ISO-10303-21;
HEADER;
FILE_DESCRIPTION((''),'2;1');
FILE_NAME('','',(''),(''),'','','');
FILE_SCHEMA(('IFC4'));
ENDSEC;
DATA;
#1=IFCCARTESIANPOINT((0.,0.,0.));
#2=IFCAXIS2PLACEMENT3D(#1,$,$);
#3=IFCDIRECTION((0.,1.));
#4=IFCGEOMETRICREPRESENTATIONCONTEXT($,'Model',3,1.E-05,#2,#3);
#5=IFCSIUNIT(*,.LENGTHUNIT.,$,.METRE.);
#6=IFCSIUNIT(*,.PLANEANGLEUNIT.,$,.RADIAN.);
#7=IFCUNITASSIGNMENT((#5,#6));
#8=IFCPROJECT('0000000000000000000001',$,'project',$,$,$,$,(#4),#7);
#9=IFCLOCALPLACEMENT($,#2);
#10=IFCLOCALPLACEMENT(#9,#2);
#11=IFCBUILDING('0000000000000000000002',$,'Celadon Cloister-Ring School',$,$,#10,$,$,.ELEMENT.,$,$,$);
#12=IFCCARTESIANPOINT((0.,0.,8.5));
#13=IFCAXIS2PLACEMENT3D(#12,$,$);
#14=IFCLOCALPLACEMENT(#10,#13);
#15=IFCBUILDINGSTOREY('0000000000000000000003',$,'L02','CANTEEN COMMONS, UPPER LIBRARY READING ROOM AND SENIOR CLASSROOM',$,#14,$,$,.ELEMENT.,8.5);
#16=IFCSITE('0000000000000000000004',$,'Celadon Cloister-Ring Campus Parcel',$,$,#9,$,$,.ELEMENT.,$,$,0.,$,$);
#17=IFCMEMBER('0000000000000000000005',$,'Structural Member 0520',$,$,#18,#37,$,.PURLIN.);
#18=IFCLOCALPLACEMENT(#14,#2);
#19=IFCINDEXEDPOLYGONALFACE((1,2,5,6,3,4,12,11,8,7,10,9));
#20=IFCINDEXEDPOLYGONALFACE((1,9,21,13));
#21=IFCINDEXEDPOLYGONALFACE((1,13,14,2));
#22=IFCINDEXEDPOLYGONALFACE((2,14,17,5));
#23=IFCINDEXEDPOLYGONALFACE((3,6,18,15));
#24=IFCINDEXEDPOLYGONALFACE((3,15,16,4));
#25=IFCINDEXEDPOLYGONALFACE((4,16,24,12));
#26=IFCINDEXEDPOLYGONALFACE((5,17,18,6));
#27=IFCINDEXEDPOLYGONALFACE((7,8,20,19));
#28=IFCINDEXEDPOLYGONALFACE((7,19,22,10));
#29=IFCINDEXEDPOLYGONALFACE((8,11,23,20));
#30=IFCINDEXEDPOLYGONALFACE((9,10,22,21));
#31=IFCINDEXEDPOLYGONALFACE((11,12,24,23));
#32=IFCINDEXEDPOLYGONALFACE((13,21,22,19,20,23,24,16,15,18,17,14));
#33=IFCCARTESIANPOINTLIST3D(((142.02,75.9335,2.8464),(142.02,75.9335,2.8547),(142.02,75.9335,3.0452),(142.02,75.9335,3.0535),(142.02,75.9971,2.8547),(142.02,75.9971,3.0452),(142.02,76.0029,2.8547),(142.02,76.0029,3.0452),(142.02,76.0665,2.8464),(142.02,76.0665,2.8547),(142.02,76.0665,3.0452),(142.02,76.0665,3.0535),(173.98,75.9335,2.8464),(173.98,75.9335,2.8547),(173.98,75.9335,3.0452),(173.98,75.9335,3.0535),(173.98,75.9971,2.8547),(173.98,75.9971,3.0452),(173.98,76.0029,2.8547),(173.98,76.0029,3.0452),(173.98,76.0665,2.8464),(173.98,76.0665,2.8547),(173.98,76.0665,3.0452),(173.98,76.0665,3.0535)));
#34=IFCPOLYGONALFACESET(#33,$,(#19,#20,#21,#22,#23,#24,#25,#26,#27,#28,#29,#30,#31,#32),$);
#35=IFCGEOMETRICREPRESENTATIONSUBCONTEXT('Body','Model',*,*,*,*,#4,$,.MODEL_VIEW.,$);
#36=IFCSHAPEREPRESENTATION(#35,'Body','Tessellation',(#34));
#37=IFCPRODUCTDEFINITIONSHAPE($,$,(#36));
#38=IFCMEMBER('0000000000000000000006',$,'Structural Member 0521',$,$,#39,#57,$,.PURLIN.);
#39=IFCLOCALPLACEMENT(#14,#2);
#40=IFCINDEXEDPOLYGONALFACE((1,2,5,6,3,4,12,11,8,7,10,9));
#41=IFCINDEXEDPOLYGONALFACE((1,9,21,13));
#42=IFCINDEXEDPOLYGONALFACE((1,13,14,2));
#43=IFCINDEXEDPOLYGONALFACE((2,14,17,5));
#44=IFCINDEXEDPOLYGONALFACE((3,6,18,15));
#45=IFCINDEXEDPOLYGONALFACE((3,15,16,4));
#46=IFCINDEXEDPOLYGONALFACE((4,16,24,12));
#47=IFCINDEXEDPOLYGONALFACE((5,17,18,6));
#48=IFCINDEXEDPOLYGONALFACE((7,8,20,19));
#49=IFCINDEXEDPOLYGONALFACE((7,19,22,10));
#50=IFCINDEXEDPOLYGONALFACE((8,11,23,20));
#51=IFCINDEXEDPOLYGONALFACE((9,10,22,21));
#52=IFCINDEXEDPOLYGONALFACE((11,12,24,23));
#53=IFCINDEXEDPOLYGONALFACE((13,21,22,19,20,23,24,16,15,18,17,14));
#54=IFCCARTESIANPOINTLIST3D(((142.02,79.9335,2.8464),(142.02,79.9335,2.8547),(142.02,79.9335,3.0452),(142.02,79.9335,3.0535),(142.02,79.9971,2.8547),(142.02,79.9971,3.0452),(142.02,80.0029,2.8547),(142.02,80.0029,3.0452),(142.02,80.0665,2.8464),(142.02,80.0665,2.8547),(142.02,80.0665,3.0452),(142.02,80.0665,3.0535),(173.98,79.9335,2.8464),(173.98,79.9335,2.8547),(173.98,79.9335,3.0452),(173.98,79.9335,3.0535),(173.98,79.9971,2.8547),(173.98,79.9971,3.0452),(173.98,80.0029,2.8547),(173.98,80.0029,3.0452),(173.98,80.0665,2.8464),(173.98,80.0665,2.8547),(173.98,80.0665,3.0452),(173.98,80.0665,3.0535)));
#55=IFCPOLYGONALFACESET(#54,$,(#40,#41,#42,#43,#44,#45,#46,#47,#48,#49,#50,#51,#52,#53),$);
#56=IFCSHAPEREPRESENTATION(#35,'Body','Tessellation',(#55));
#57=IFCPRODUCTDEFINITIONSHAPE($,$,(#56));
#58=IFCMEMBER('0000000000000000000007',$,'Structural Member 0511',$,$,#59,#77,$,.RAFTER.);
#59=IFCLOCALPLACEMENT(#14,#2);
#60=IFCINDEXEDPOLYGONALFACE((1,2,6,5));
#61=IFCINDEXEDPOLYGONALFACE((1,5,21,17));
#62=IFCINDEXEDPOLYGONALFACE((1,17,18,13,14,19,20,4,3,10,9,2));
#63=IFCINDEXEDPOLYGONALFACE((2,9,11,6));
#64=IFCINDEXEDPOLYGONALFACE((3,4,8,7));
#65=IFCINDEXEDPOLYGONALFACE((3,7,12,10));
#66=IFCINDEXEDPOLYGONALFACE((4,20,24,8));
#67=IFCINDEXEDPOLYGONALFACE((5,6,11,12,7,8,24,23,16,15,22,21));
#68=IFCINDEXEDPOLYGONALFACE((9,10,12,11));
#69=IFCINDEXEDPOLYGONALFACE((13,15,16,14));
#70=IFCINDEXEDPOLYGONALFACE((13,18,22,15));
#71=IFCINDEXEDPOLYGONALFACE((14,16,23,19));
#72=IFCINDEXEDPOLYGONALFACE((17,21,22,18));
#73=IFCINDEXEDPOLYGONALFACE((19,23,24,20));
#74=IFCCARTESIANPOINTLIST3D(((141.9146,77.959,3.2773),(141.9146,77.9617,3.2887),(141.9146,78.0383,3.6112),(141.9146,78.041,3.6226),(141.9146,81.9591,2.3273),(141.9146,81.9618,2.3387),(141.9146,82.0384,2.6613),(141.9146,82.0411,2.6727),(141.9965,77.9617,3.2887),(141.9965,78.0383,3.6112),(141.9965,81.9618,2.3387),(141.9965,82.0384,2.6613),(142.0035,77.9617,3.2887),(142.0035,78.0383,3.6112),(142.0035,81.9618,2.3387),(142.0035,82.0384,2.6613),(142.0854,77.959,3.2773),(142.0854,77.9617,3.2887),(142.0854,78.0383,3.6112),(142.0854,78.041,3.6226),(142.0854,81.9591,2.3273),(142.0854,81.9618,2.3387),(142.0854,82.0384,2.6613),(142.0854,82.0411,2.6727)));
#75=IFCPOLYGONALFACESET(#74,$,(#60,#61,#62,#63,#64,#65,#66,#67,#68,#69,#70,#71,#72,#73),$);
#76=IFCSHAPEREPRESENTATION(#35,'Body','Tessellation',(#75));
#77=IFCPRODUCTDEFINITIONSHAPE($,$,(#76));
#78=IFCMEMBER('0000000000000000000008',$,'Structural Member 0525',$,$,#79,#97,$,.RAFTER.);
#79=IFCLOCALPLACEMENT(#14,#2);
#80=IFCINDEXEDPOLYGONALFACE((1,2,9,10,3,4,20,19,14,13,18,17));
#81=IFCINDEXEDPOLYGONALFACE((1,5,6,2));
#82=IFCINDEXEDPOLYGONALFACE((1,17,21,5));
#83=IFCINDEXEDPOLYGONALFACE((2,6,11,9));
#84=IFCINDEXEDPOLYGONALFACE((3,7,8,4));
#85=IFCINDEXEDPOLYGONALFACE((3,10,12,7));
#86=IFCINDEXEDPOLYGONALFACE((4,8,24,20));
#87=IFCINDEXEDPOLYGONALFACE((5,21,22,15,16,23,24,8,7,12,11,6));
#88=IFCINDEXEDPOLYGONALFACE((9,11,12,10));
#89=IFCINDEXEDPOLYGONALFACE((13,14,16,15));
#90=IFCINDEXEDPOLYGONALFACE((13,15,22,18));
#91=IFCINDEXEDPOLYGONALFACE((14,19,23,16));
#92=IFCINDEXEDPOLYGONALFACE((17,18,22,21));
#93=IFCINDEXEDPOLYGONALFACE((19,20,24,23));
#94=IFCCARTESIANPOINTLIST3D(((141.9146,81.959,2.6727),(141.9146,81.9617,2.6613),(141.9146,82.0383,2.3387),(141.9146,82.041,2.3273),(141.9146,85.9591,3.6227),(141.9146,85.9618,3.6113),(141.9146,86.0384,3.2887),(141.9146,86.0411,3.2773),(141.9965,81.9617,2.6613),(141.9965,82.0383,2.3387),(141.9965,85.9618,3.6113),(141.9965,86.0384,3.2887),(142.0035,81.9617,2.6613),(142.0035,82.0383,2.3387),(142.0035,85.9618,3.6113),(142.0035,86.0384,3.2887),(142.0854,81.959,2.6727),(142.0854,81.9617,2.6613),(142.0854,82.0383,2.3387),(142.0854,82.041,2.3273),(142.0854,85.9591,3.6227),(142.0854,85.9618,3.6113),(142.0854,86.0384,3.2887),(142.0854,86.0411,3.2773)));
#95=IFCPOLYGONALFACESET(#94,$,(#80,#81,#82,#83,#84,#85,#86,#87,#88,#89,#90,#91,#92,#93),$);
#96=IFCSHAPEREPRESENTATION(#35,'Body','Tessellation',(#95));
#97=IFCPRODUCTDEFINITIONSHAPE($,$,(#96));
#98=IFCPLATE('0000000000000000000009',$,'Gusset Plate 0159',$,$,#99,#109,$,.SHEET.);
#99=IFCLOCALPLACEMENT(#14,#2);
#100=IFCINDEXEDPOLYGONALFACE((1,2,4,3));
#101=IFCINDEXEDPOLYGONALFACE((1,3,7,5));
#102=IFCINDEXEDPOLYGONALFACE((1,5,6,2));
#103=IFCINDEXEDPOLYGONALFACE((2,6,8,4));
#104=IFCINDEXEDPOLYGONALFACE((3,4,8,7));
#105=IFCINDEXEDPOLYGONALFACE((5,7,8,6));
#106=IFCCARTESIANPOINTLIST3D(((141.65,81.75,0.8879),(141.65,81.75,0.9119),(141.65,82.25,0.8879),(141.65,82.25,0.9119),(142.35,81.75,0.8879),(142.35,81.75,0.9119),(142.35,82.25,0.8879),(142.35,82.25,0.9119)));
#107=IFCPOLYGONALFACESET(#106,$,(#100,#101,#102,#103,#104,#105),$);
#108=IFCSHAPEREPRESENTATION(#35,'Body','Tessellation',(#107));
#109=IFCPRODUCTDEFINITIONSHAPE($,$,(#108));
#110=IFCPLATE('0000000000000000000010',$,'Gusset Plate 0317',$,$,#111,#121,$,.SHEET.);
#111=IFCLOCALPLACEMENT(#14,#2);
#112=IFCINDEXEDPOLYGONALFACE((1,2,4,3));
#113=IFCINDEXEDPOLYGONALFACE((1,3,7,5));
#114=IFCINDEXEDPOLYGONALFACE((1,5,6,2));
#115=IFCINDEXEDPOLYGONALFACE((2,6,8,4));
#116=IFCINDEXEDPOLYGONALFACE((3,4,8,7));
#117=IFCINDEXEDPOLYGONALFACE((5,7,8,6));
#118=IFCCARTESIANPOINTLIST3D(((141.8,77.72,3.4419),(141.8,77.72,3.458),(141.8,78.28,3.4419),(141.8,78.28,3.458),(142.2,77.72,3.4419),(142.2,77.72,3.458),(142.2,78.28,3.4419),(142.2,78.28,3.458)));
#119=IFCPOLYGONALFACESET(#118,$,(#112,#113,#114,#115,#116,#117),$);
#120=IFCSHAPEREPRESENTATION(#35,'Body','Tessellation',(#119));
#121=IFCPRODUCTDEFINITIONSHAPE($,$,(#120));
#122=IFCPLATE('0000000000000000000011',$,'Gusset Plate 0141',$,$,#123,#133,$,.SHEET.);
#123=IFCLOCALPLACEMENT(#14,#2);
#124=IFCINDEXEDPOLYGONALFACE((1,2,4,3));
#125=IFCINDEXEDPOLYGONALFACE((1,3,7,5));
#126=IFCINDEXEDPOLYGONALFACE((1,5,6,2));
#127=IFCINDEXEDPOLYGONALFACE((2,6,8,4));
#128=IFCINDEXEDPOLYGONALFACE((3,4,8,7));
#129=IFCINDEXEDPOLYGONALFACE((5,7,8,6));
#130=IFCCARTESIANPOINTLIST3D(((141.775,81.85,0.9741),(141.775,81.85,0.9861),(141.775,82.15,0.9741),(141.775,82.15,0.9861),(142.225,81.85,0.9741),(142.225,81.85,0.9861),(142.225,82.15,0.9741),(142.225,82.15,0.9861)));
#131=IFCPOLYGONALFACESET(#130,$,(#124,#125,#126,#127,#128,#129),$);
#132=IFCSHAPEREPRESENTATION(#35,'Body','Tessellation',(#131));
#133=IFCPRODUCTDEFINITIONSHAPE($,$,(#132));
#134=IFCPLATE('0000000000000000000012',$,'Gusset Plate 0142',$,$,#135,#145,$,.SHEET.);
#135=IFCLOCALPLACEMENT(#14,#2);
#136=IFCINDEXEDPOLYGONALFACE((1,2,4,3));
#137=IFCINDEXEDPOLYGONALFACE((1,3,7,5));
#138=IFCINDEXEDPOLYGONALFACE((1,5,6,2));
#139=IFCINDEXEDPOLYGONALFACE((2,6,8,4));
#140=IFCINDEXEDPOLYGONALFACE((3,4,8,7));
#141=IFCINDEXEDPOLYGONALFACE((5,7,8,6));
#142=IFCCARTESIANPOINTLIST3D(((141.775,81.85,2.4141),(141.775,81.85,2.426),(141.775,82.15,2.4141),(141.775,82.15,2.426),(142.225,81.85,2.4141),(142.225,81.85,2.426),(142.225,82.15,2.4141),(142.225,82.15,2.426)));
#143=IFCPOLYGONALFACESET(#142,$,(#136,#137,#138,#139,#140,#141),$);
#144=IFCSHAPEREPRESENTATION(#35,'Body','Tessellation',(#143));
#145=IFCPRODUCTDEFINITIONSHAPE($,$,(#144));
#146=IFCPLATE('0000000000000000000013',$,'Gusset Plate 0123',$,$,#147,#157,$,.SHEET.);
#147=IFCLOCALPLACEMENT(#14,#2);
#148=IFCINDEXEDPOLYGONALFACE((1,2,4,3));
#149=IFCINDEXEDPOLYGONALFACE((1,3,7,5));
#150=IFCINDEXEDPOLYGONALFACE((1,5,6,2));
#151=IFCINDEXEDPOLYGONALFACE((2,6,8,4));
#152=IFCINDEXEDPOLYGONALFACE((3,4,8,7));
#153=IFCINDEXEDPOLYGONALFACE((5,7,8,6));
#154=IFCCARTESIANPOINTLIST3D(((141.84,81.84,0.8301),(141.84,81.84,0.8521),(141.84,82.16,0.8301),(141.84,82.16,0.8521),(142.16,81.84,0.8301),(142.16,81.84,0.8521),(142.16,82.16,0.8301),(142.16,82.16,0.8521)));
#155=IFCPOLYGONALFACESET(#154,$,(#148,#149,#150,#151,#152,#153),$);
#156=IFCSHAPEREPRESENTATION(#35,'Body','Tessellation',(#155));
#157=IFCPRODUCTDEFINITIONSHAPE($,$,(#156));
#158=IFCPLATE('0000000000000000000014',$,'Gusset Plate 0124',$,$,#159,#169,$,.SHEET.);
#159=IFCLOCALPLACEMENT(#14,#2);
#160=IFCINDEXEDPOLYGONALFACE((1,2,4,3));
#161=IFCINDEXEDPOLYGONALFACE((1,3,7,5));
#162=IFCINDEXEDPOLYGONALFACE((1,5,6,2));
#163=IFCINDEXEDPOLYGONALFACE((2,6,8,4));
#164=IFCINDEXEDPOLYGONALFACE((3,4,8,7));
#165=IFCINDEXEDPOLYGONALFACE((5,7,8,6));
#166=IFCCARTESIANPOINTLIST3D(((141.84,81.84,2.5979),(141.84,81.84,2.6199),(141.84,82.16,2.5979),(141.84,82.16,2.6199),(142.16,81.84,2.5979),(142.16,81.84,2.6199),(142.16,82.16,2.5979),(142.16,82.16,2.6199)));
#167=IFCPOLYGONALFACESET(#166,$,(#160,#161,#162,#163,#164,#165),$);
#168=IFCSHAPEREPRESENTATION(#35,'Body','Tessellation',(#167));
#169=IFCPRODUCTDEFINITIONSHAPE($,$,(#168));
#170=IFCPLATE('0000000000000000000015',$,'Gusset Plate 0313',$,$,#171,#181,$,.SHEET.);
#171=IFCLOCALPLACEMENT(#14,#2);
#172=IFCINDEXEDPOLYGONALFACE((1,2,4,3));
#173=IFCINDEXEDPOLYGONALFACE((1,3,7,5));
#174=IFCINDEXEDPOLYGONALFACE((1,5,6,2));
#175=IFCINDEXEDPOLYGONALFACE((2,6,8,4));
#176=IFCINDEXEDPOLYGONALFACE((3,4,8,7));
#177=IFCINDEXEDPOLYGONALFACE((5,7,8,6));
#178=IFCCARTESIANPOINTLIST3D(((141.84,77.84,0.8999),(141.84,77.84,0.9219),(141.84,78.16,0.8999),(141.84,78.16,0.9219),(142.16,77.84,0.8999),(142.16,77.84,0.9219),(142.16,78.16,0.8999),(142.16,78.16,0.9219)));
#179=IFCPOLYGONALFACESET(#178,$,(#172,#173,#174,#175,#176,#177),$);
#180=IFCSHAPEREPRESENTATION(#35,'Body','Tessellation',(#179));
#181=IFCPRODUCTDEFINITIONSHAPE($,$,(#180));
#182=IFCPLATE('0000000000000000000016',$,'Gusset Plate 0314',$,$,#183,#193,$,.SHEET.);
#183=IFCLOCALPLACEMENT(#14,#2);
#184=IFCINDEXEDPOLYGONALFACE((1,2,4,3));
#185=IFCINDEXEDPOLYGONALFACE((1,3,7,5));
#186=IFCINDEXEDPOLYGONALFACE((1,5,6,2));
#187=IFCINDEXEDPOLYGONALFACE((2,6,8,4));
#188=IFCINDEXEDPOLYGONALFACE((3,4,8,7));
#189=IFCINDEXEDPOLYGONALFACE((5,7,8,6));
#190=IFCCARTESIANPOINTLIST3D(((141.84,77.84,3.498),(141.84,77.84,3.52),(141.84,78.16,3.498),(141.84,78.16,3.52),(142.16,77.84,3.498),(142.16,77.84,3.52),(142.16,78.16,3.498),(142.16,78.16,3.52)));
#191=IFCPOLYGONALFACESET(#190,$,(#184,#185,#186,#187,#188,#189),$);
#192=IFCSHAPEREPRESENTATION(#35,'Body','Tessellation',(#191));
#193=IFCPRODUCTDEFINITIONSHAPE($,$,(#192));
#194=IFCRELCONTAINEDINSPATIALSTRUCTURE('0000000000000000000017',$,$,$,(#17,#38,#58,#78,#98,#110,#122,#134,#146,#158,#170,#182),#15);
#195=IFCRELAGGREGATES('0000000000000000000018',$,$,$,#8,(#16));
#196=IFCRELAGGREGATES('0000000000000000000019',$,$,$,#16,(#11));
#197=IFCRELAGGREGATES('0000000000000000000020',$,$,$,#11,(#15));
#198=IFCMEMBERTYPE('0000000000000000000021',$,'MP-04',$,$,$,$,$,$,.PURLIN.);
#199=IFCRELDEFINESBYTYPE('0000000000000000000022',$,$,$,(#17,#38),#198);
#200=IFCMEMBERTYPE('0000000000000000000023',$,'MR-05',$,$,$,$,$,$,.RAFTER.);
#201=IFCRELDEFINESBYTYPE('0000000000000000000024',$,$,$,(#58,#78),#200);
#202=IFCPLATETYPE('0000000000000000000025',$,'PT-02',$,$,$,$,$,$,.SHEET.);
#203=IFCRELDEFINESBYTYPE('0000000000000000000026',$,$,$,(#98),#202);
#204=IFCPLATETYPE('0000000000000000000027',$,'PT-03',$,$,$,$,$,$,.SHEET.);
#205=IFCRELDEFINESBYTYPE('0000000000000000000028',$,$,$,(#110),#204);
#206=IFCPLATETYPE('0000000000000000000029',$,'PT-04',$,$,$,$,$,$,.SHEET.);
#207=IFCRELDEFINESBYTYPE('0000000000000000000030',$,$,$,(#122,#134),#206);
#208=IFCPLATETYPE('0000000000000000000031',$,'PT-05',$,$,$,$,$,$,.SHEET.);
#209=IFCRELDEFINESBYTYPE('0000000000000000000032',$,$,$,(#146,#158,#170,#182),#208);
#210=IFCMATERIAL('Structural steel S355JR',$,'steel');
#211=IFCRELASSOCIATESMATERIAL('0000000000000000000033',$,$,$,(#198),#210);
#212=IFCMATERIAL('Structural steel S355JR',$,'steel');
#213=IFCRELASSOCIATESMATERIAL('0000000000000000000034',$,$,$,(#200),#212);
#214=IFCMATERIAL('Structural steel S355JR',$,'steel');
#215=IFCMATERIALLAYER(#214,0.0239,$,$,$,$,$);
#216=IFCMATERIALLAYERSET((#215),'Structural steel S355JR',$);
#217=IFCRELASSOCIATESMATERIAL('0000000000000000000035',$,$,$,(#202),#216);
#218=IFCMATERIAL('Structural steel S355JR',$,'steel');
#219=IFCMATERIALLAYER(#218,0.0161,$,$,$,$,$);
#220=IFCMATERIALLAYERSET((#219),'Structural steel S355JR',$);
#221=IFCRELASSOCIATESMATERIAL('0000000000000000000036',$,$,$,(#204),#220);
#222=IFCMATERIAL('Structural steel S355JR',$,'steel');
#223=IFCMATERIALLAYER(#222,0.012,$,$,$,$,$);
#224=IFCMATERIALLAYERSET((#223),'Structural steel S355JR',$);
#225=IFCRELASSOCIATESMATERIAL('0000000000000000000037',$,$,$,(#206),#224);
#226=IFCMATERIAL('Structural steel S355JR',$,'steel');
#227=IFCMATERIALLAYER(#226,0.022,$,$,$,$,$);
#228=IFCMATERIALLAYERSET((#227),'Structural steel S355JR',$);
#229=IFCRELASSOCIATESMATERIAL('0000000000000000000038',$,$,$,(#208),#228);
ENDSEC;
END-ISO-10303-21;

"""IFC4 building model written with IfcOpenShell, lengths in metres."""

from ifc_helpers import new_model, si_unit, direction, frame, origin, origin_2d, place, context, subcontext, project, spatial, rectangle, i_section, extrude, material, layer, layer_set, material_profile, profile_set, type_object, element, save


model = new_model("IFC4")

# Units and contexts
model_context = context("Model", 3, precision=1e-05, world=origin(), true_north=direction((0.0, 1.0)))
body_context = subcontext(model_context, "Body", "Model", "MODEL_VIEW")
ifc_project = project(units=[si_unit("LENGTHUNIT", "METRE"), si_unit("PLANEANGLEUNIT", "RADIAN")], contexts=[model_context])

# Site, building, storey
site_placement = place(None, origin())
site = spatial("IfcSite", under=ifc_project, at=site_placement, Name="Celadon Cloister-Ring Campus Parcel", CompositionType="ELEMENT", RefElevation=0.0)
building_placement = place(site_placement, origin())
building = spatial("IfcBuilding", under=site, at=building_placement, Name="Celadon Cloister-Ring School", CompositionType="ELEMENT")
storey_placement = place(building_placement, frame((0.0, 0.0, 8.5)))
storey = spatial("IfcBuildingStorey", under=building, at=storey_placement, Name="L02", Description="CANTEEN COMMONS, UPPER LIBRARY READING ROOM AND SENIOR CLASSROOM", CompositionType="ELEMENT", Elevation=8.5)

# Members
ifc_material_1 = material(Name="Structural steel S355JR", Category="steel")
ifc_material_profile_1 = material_profile(ifc_material_1, i_section(OverallWidth=0.1331, OverallDepth=0.207, WebThickness=0.0059, FlangeThickness=0.0083, at=origin_2d()), Name="W200X27")
ifc_profile_set_1 = profile_set([ifc_material_profile_1], Name="Structural steel S355JR")
member_type_1 = type_object("IfcMemberType", Name="MP-04", PredefinedType="PURLIN", material=ifc_profile_set_1)
for number, where, z_axis, x_axis, name in (
    (1, (142.02, 76.0, 2.95), (1.0, 0.0, 0.0), (0.0, 1.0, 0.0), "Structural Member 0520"),
    (2, (142.02, 80.0, 2.95), (1.0, 0.0, 0.0), (0.0, 1.0, 0.0), "Structural Member 0521"),
):
    element("IfcMember", number, at=place(storey_placement, frame(where, z_axis=z_axis, x_axis=x_axis)), inside=storey, type_object=member_type_1, Name=name, PredefinedType="PURLIN", context=body_context, shape_type="SweptSolid", body=[
        extrude(i_section(OverallWidth=0.1331, OverallDepth=0.207, WebThickness=0.0059, FlangeThickness=0.0083, at=origin_2d()), origin(), (0.0, 0.0, 1.0), 31.96),
    ])
ifc_material_2 = material(Name="Structural steel S355JR", Category="steel")
ifc_material_profile_2 = material_profile(ifc_material_2, i_section(OverallWidth=0.1709, OverallDepth=0.355, WebThickness=0.0071, FlangeThickness=0.0117, at=origin_2d()), Name="W360X51")
ifc_profile_set_2 = profile_set([ifc_material_profile_2], Name="Structural steel S355JR")
member_type_2 = type_object("IfcMemberType", Name="MR-05", PredefinedType="RAFTER", material=ifc_profile_set_2)
for number, where, z_axis, x_axis, name in (
    (3, (142.0, 78.0, 3.45), (0.0, 0.972939, -0.231061), (-1.0, 0.0, 0.0), "Structural Member 0511"),
    (4, (142.0, 82.0, 2.5), (0.0, 0.972939, 0.231061), (-1.0, 0.0, 0.0), "Structural Member 0525"),
):
    element("IfcMember", number, at=place(storey_placement, frame(where, z_axis=z_axis, x_axis=x_axis)), inside=storey, type_object=member_type_2, Name=name, PredefinedType="RAFTER", context=body_context, shape_type="SweptSolid", body=[
        extrude(i_section(OverallWidth=0.1709, OverallDepth=0.355, WebThickness=0.0071, FlangeThickness=0.0117, at=origin_2d()), origin(), (0.0, 0.0, 1.0), 4.1113),
    ])

# Plates
ifc_material_3 = material(Name="Structural steel S355JR", Category="steel")
ifc_layer_1 = layer(ifc_material_3, 0.0239)
ifc_layer_set_1 = layer_set([ifc_layer_1], Name="Structural steel S355JR")
plate_type_1 = type_object("IfcPlateType", Name="PT-02", PredefinedType="SHEET", material=ifc_layer_set_1)
plate_1_placement = place(storey_placement, frame((142.0, 82.0, 0.8879), z_axis=(0.0, 0.0, 1.0), x_axis=(1.0, 0.0, 0.0)))
element("IfcPlate", 5, at=plate_1_placement, inside=storey, type_object=plate_type_1, Name="Gusset Plate 0159", PredefinedType="SHEET", context=body_context, shape_type="SweptSolid", body=[
    extrude(rectangle(XDim=0.7, YDim=0.5, at=origin_2d()), origin(), (0.0, 0.0, 1.0), 0.0239),
])
ifc_material_4 = material(Name="Structural steel S355JR", Category="steel")
ifc_layer_2 = layer(ifc_material_4, 0.0161)
ifc_layer_set_2 = layer_set([ifc_layer_2], Name="Structural steel S355JR")
plate_type_2 = type_object("IfcPlateType", Name="PT-03", PredefinedType="SHEET", material=ifc_layer_set_2)
plate_2_placement = place(storey_placement, frame((142.0, 78.0, 3.4419), z_axis=(0.0, 0.0, 1.0), x_axis=(0.0, 1.0, 0.0)))
element("IfcPlate", 6, at=plate_2_placement, inside=storey, type_object=plate_type_2, Name="Gusset Plate 0317", PredefinedType="SHEET", context=body_context, shape_type="SweptSolid", body=[
    extrude(rectangle(XDim=0.5601, YDim=0.3999, at=origin_2d()), origin(), (0.0, 0.0, 1.0), 0.0161),
])
ifc_material_5 = material(Name="Structural steel S355JR", Category="steel")
ifc_layer_3 = layer(ifc_material_5, 0.012)
ifc_layer_set_3 = layer_set([ifc_layer_3], Name="Structural steel S355JR")
plate_type_3 = type_object("IfcPlateType", Name="PT-04", PredefinedType="SHEET", material=ifc_layer_set_3)
for number, where, z_axis, x_axis, name in (
    (7, (142.0, 82.0, 0.9741), (0.0, 0.0, 1.0), (1.0, 0.0, 0.0), "Gusset Plate 0141"),
    (8, (142.0, 82.0, 2.4141), (0.0, 0.0, 1.0), (1.0, 0.0, 0.0), "Gusset Plate 0142"),
):
    element("IfcPlate", number, at=place(storey_placement, frame(where, z_axis=z_axis, x_axis=x_axis)), inside=storey, type_object=plate_type_3, Name=name, PredefinedType="SHEET", context=body_context, shape_type="SweptSolid", body=[
        extrude(rectangle(XDim=0.45, YDim=0.3, at=origin_2d()), origin(), (0.0, 0.0, 1.0), 0.012),
    ])
ifc_material_6 = material(Name="Structural steel S355JR", Category="steel")
ifc_layer_4 = layer(ifc_material_6, 0.022)
ifc_layer_set_4 = layer_set([ifc_layer_4], Name="Structural steel S355JR")
plate_type_4 = type_object("IfcPlateType", Name="PT-05", PredefinedType="SHEET", material=ifc_layer_set_4)
for number, where, z_axis, x_axis, name in (
    (9, (142.0, 82.0, 0.8301), (0.0, 0.0, 1.0), (1.0, 0.0, 0.0), "Gusset Plate 0123"),
    (10, (142.0, 82.0, 2.5979), (0.0, 0.0, 1.0), (1.0, 0.0, 0.0), "Gusset Plate 0124"),
    (11, (142.0, 78.0, 0.8999), (0.0, 0.0, 1.0), (1.0, 0.0, 0.0), "Gusset Plate 0313"),
    (12, (142.0, 78.0, 3.498), (0.0, 0.0, 1.0), (1.0, 0.0, 0.0), "Gusset Plate 0314"),
):
    element("IfcPlate", number, at=place(storey_placement, frame(where, z_axis=z_axis, x_axis=x_axis)), inside=storey, type_object=plate_type_4, Name=name, PredefinedType="SHEET", context=body_context, shape_type="SweptSolid", body=[
        extrude(rectangle(XDim=0.3201, YDim=0.3201, at=origin_2d()), origin(), (0.0, 0.0, 1.0), 0.022),
    ])

save(model, "model.ifc")
